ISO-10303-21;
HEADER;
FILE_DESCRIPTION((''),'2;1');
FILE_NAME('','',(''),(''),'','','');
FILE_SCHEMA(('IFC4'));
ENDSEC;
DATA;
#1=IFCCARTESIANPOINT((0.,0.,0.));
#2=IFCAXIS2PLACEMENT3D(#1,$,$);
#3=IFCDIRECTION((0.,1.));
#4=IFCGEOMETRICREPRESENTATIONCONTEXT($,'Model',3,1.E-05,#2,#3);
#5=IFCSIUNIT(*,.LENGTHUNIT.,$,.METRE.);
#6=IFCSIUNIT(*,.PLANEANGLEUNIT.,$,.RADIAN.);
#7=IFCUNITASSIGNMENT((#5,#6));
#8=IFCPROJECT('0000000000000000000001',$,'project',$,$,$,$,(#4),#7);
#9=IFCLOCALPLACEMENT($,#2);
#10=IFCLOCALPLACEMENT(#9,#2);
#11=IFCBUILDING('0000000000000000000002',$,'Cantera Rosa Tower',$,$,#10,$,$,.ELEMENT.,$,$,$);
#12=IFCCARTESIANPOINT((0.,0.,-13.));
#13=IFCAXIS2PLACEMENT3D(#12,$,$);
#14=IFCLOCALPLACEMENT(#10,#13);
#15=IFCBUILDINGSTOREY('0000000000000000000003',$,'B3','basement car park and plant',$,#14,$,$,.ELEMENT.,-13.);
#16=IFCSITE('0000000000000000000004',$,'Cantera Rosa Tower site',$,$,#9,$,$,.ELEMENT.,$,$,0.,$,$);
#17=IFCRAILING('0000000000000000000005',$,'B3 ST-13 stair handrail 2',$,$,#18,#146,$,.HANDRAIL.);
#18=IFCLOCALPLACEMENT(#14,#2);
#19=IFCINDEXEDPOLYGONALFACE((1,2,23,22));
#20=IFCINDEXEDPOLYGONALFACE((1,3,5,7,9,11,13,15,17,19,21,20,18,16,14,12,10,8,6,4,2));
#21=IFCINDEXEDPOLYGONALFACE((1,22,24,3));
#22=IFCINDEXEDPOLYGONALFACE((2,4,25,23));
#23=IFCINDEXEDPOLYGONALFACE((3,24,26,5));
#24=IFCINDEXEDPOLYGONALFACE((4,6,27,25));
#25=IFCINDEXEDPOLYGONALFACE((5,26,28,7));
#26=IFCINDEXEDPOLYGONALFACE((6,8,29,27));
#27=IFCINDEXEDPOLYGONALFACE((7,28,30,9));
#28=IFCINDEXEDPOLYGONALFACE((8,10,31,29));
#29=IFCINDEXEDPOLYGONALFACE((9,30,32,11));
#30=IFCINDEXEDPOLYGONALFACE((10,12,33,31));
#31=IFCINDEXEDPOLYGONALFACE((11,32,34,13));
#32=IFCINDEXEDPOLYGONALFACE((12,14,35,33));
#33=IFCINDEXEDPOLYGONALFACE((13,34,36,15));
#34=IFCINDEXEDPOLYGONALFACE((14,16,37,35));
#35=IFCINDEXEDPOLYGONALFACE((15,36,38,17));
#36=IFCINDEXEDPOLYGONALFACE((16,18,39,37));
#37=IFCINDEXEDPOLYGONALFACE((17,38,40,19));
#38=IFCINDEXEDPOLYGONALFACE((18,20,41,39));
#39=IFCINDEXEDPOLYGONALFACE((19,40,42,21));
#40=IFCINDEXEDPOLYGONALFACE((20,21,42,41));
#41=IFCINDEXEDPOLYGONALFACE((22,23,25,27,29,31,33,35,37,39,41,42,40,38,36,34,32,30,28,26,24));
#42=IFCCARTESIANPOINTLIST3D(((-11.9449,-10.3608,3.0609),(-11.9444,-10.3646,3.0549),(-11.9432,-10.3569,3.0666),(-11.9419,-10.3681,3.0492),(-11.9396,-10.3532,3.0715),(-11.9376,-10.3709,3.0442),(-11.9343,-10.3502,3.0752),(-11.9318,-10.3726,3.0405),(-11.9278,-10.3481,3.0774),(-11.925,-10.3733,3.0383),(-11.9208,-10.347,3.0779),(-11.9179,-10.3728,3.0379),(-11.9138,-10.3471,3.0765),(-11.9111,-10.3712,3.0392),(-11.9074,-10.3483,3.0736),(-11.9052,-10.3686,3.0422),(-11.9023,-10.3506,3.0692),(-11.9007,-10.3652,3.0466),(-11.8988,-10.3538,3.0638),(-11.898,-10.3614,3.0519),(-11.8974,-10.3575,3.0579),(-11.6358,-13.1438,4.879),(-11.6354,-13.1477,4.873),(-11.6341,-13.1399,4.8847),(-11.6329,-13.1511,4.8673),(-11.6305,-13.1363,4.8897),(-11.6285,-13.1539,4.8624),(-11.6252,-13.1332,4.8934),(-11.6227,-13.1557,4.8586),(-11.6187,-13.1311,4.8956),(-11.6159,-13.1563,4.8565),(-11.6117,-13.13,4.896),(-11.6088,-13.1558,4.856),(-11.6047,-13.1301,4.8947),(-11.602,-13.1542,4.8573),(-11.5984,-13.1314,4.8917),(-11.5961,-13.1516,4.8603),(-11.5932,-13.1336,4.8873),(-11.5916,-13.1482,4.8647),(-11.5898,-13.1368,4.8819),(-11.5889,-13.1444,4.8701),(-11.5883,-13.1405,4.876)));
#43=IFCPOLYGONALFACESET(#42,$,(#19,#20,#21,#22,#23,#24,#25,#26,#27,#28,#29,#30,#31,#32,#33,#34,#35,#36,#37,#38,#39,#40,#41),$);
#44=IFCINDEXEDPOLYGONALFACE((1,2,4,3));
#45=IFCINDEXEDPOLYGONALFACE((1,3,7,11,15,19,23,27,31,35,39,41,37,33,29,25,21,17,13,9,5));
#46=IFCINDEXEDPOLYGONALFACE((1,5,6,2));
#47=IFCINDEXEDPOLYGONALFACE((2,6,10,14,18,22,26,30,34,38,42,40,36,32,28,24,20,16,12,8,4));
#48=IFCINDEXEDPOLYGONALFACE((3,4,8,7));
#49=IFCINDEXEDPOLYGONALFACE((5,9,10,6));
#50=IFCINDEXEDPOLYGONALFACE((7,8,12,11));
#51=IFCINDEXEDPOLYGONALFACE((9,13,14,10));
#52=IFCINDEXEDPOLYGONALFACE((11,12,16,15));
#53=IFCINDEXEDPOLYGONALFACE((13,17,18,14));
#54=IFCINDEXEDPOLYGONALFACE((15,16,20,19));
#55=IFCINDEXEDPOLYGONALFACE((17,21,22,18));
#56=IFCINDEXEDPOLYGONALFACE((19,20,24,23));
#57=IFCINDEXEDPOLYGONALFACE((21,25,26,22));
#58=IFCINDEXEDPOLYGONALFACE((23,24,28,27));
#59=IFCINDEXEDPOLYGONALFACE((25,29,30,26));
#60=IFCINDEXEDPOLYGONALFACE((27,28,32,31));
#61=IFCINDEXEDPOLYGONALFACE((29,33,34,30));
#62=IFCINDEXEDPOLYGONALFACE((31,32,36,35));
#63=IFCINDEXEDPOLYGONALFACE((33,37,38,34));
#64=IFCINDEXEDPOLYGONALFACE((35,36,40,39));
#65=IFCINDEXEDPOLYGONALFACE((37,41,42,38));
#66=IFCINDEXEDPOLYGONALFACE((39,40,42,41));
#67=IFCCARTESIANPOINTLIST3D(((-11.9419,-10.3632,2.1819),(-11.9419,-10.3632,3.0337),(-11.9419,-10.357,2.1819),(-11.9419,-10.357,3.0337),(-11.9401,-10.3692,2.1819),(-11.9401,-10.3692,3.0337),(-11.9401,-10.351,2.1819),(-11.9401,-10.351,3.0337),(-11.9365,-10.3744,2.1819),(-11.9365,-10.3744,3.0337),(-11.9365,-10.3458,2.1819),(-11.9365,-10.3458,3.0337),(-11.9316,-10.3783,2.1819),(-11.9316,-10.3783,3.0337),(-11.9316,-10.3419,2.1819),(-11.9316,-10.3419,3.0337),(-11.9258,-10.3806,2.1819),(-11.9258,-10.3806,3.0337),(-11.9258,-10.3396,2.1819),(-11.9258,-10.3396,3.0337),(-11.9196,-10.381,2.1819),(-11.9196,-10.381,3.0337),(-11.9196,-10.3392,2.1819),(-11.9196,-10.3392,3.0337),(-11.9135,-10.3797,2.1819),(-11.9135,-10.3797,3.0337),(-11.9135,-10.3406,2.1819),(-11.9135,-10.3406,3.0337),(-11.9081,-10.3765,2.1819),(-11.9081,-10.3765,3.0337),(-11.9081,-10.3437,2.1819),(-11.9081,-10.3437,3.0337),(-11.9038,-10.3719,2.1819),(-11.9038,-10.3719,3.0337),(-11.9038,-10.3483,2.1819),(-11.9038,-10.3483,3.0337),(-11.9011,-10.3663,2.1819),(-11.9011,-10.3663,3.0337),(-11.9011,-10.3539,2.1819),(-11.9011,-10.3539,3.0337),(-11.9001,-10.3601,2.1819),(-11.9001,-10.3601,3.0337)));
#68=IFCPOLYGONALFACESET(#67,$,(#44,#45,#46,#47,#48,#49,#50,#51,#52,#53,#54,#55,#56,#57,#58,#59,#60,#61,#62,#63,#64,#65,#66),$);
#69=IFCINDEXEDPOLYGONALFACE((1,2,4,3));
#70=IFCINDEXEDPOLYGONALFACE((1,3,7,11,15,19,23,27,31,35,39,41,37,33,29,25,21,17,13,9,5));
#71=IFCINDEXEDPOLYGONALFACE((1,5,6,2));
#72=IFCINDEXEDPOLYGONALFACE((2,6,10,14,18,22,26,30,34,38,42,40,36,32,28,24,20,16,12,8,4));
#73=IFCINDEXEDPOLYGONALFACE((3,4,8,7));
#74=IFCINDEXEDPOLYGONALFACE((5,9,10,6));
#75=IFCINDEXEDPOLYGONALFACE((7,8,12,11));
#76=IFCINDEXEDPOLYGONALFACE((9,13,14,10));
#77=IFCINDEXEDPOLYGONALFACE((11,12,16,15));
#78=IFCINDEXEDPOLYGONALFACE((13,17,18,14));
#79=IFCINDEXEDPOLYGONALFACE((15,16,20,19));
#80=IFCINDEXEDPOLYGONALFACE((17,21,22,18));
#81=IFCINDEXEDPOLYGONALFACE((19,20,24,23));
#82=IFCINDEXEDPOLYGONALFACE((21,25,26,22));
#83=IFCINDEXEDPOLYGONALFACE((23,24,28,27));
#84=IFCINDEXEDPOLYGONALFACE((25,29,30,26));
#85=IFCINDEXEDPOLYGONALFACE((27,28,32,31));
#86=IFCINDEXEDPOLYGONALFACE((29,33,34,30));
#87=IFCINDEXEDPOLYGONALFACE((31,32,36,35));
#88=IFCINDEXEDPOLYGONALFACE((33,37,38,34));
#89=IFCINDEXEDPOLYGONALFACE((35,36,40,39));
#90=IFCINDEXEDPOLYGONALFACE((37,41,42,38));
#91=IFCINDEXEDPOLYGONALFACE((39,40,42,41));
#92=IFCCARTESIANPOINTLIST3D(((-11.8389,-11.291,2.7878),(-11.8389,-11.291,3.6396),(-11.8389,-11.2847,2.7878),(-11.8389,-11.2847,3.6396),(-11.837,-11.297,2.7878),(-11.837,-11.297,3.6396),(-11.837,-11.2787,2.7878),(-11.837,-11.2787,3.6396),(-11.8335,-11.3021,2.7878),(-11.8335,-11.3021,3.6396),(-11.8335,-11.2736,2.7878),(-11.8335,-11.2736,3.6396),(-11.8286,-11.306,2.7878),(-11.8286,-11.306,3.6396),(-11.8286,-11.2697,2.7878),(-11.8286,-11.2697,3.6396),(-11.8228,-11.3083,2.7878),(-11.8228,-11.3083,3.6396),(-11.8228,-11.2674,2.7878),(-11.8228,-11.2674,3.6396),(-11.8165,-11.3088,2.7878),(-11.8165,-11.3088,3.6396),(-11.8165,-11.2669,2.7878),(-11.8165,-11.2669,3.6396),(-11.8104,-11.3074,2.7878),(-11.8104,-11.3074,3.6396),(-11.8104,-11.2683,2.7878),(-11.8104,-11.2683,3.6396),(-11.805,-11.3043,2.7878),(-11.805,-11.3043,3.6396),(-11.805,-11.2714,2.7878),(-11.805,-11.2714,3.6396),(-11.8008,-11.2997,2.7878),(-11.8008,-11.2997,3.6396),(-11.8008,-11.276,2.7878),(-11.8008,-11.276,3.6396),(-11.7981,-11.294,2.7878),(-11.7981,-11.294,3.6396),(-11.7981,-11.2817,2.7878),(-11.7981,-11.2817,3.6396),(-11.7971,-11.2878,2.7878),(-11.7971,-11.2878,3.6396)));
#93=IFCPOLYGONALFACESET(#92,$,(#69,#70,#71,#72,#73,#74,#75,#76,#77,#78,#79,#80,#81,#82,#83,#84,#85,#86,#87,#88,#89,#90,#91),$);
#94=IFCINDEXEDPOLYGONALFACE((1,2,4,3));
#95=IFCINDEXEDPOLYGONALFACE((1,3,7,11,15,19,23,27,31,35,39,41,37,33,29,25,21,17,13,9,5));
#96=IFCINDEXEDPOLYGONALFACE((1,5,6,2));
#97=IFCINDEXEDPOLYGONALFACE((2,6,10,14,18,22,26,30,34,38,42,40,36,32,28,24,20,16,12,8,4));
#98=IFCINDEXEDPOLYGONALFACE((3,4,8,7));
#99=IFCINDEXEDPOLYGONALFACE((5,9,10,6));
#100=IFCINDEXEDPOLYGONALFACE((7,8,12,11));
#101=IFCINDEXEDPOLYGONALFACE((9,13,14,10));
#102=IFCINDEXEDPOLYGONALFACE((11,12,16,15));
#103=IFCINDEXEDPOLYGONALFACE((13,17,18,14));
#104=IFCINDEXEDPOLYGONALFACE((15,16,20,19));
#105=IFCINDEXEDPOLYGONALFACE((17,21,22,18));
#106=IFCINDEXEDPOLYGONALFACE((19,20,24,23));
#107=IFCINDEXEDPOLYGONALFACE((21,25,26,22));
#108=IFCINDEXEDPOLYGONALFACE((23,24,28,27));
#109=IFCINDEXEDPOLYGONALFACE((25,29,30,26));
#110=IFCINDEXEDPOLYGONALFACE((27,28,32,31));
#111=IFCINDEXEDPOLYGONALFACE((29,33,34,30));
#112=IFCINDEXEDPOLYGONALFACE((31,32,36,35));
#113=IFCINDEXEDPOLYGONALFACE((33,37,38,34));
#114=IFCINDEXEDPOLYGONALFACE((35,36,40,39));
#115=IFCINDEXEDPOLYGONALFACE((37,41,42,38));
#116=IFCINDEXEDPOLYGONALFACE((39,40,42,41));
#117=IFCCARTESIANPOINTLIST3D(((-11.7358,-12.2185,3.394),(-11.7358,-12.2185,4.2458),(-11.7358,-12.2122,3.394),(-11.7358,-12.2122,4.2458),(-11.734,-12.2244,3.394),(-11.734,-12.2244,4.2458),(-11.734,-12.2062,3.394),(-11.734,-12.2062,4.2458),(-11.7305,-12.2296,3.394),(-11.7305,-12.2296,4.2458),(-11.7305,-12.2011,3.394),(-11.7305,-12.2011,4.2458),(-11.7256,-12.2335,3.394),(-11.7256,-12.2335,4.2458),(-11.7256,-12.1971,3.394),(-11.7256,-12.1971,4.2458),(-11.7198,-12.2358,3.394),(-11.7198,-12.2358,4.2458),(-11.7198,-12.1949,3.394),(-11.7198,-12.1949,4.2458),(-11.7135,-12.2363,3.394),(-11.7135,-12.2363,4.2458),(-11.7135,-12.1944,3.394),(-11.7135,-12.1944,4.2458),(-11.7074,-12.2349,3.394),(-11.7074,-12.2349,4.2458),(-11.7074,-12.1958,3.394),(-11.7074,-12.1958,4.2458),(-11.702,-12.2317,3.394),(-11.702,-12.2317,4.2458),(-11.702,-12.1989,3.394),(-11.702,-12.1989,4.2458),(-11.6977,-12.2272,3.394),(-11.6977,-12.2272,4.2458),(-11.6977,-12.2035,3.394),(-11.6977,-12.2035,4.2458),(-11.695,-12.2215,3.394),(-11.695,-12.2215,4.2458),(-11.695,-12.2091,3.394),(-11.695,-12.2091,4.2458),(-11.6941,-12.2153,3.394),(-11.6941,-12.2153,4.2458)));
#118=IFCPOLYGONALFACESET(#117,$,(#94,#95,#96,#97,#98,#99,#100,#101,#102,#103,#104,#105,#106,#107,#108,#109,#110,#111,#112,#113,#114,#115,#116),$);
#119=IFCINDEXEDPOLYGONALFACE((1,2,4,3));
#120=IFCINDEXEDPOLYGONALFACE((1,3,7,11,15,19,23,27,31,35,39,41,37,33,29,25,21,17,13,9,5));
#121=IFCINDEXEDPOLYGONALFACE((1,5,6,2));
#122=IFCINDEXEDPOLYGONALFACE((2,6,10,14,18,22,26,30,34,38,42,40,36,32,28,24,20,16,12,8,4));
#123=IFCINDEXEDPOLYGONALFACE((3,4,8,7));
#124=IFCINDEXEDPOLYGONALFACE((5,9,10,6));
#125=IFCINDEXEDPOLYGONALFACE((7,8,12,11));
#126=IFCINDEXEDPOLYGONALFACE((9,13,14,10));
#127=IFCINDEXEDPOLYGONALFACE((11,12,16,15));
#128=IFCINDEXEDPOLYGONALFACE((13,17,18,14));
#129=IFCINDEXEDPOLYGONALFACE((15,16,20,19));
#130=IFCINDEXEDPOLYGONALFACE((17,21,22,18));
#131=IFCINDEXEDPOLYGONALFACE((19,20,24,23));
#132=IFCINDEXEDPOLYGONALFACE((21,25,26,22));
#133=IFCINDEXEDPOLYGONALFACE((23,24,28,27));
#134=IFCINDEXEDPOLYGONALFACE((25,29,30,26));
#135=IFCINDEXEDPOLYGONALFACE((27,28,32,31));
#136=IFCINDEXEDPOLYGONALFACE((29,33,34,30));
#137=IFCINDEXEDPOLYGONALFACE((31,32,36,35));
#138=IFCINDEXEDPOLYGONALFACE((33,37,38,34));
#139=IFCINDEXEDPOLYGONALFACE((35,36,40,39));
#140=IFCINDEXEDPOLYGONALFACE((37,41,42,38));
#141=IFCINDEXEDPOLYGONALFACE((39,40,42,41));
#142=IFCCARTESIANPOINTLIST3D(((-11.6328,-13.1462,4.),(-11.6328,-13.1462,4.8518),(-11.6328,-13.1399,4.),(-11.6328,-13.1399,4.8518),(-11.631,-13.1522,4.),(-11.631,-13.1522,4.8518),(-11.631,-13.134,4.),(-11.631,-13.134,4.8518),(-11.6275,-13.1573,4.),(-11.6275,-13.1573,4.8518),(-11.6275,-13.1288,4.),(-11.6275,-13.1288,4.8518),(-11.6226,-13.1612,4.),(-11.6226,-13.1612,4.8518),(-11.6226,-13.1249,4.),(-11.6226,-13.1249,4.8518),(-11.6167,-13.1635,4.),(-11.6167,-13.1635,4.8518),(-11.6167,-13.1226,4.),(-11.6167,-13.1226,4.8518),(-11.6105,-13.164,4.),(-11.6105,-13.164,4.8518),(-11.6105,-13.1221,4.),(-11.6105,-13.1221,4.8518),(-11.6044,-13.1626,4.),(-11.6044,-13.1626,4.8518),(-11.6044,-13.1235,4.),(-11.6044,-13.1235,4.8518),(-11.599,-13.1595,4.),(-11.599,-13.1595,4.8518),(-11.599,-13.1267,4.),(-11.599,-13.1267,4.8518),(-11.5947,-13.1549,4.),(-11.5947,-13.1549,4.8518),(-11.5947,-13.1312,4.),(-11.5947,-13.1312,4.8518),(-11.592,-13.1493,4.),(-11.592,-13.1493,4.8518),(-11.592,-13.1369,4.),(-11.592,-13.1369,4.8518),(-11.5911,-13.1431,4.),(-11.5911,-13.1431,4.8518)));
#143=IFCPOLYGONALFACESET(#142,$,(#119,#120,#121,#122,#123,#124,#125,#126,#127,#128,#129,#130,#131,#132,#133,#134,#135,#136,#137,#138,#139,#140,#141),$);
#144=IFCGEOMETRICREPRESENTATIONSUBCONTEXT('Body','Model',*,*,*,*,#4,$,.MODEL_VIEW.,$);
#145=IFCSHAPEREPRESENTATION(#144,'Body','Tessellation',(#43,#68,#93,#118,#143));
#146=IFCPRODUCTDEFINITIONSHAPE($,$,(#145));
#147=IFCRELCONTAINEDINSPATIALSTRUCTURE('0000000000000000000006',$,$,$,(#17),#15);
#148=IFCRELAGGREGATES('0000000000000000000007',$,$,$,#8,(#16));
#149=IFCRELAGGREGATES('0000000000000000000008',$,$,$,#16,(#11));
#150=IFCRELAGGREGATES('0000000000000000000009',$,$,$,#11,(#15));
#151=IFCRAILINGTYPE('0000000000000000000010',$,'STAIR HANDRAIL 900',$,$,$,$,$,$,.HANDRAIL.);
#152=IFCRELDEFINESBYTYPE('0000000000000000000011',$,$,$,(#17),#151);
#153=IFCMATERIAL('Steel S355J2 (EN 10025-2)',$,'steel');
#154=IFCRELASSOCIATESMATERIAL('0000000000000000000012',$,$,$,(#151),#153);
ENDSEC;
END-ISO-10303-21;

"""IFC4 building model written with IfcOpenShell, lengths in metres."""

from ifc_helpers import new_model, si_unit, direction, frame, origin, origin_2d, place, context, subcontext, project, spatial, circle, extrude, material, type_object, element, save


model = new_model("IFC4")

# Units and contexts
model_context = context("Model", 3, precision=1e-05, world=origin(), true_north=direction((0.0, 1.0)))
body_context = subcontext(model_context, "Body", "Model", "MODEL_VIEW")
ifc_project = project(units=[si_unit("LENGTHUNIT", "METRE"), si_unit("PLANEANGLEUNIT", "RADIAN")], contexts=[model_context])

# Site, building, storey
site_placement = place(None, origin())
site = spatial("IfcSite", under=ifc_project, at=site_placement, Name="Cantera Rosa Tower site", CompositionType="ELEMENT", RefElevation=0.0)
building_placement = place(site_placement, origin())
building = spatial("IfcBuilding", under=site, at=building_placement, Name="Cantera Rosa Tower", CompositionType="ELEMENT")
storey_placement = place(building_placement, frame((0.0, 0.0, -13.0)))
storey = spatial("IfcBuildingStorey", under=building, at=storey_placement, Name="B3", Description="basement car park and plant", CompositionType="ELEMENT", Elevation=-13.0)

# Railing
ifc_material_1 = material(Name="Steel S355J2 (EN 10025-2)", Category="steel")
railing_type_1 = type_object("IfcRailingType", Name="STAIR HANDRAIL 900", PredefinedType="HANDRAIL", material=ifc_material_1)
railing_1_placement = place(storey_placement, frame((-11.9211, -10.3601, 2.1819)))
element("IfcRailing", 1, at=railing_1_placement, inside=storey, type_object=railing_type_1, Name="B3 ST-13 stair handrail 2", PredefinedType="HANDRAIL", context=body_context, shape_type="SweptSolid", body=[
    extrude(circle(Radius=0.0239, at=origin_2d()), frame((0.0, 0.0, 0.876), z_axis=(0.09258, -0.833582, 0.544582), x_axis=(0.993889, 0.110384, 0.0)), (0.0, 0.0, 1.0), 3.3386),
    extrude(circle(Radius=0.021, at=origin_2d()), origin(), (0.0, 0.0, 1.0), 0.8518),
    extrude(circle(Radius=0.021, at=origin_2d()), frame((0.103, -0.9277, 0.606)), (0.0, 0.0, 1.0), 0.8518),
    extrude(circle(Radius=0.021, at=origin_2d()), frame((0.2061, -1.8552, 1.2122)), (0.0, 0.0, 1.0), 0.8518),
    extrude(circle(Radius=0.021, at=origin_2d()), frame((0.3091, -2.783, 1.8181)), (0.0, 0.0, 1.0), 0.8518),
])

save(model, "model.ifc")
